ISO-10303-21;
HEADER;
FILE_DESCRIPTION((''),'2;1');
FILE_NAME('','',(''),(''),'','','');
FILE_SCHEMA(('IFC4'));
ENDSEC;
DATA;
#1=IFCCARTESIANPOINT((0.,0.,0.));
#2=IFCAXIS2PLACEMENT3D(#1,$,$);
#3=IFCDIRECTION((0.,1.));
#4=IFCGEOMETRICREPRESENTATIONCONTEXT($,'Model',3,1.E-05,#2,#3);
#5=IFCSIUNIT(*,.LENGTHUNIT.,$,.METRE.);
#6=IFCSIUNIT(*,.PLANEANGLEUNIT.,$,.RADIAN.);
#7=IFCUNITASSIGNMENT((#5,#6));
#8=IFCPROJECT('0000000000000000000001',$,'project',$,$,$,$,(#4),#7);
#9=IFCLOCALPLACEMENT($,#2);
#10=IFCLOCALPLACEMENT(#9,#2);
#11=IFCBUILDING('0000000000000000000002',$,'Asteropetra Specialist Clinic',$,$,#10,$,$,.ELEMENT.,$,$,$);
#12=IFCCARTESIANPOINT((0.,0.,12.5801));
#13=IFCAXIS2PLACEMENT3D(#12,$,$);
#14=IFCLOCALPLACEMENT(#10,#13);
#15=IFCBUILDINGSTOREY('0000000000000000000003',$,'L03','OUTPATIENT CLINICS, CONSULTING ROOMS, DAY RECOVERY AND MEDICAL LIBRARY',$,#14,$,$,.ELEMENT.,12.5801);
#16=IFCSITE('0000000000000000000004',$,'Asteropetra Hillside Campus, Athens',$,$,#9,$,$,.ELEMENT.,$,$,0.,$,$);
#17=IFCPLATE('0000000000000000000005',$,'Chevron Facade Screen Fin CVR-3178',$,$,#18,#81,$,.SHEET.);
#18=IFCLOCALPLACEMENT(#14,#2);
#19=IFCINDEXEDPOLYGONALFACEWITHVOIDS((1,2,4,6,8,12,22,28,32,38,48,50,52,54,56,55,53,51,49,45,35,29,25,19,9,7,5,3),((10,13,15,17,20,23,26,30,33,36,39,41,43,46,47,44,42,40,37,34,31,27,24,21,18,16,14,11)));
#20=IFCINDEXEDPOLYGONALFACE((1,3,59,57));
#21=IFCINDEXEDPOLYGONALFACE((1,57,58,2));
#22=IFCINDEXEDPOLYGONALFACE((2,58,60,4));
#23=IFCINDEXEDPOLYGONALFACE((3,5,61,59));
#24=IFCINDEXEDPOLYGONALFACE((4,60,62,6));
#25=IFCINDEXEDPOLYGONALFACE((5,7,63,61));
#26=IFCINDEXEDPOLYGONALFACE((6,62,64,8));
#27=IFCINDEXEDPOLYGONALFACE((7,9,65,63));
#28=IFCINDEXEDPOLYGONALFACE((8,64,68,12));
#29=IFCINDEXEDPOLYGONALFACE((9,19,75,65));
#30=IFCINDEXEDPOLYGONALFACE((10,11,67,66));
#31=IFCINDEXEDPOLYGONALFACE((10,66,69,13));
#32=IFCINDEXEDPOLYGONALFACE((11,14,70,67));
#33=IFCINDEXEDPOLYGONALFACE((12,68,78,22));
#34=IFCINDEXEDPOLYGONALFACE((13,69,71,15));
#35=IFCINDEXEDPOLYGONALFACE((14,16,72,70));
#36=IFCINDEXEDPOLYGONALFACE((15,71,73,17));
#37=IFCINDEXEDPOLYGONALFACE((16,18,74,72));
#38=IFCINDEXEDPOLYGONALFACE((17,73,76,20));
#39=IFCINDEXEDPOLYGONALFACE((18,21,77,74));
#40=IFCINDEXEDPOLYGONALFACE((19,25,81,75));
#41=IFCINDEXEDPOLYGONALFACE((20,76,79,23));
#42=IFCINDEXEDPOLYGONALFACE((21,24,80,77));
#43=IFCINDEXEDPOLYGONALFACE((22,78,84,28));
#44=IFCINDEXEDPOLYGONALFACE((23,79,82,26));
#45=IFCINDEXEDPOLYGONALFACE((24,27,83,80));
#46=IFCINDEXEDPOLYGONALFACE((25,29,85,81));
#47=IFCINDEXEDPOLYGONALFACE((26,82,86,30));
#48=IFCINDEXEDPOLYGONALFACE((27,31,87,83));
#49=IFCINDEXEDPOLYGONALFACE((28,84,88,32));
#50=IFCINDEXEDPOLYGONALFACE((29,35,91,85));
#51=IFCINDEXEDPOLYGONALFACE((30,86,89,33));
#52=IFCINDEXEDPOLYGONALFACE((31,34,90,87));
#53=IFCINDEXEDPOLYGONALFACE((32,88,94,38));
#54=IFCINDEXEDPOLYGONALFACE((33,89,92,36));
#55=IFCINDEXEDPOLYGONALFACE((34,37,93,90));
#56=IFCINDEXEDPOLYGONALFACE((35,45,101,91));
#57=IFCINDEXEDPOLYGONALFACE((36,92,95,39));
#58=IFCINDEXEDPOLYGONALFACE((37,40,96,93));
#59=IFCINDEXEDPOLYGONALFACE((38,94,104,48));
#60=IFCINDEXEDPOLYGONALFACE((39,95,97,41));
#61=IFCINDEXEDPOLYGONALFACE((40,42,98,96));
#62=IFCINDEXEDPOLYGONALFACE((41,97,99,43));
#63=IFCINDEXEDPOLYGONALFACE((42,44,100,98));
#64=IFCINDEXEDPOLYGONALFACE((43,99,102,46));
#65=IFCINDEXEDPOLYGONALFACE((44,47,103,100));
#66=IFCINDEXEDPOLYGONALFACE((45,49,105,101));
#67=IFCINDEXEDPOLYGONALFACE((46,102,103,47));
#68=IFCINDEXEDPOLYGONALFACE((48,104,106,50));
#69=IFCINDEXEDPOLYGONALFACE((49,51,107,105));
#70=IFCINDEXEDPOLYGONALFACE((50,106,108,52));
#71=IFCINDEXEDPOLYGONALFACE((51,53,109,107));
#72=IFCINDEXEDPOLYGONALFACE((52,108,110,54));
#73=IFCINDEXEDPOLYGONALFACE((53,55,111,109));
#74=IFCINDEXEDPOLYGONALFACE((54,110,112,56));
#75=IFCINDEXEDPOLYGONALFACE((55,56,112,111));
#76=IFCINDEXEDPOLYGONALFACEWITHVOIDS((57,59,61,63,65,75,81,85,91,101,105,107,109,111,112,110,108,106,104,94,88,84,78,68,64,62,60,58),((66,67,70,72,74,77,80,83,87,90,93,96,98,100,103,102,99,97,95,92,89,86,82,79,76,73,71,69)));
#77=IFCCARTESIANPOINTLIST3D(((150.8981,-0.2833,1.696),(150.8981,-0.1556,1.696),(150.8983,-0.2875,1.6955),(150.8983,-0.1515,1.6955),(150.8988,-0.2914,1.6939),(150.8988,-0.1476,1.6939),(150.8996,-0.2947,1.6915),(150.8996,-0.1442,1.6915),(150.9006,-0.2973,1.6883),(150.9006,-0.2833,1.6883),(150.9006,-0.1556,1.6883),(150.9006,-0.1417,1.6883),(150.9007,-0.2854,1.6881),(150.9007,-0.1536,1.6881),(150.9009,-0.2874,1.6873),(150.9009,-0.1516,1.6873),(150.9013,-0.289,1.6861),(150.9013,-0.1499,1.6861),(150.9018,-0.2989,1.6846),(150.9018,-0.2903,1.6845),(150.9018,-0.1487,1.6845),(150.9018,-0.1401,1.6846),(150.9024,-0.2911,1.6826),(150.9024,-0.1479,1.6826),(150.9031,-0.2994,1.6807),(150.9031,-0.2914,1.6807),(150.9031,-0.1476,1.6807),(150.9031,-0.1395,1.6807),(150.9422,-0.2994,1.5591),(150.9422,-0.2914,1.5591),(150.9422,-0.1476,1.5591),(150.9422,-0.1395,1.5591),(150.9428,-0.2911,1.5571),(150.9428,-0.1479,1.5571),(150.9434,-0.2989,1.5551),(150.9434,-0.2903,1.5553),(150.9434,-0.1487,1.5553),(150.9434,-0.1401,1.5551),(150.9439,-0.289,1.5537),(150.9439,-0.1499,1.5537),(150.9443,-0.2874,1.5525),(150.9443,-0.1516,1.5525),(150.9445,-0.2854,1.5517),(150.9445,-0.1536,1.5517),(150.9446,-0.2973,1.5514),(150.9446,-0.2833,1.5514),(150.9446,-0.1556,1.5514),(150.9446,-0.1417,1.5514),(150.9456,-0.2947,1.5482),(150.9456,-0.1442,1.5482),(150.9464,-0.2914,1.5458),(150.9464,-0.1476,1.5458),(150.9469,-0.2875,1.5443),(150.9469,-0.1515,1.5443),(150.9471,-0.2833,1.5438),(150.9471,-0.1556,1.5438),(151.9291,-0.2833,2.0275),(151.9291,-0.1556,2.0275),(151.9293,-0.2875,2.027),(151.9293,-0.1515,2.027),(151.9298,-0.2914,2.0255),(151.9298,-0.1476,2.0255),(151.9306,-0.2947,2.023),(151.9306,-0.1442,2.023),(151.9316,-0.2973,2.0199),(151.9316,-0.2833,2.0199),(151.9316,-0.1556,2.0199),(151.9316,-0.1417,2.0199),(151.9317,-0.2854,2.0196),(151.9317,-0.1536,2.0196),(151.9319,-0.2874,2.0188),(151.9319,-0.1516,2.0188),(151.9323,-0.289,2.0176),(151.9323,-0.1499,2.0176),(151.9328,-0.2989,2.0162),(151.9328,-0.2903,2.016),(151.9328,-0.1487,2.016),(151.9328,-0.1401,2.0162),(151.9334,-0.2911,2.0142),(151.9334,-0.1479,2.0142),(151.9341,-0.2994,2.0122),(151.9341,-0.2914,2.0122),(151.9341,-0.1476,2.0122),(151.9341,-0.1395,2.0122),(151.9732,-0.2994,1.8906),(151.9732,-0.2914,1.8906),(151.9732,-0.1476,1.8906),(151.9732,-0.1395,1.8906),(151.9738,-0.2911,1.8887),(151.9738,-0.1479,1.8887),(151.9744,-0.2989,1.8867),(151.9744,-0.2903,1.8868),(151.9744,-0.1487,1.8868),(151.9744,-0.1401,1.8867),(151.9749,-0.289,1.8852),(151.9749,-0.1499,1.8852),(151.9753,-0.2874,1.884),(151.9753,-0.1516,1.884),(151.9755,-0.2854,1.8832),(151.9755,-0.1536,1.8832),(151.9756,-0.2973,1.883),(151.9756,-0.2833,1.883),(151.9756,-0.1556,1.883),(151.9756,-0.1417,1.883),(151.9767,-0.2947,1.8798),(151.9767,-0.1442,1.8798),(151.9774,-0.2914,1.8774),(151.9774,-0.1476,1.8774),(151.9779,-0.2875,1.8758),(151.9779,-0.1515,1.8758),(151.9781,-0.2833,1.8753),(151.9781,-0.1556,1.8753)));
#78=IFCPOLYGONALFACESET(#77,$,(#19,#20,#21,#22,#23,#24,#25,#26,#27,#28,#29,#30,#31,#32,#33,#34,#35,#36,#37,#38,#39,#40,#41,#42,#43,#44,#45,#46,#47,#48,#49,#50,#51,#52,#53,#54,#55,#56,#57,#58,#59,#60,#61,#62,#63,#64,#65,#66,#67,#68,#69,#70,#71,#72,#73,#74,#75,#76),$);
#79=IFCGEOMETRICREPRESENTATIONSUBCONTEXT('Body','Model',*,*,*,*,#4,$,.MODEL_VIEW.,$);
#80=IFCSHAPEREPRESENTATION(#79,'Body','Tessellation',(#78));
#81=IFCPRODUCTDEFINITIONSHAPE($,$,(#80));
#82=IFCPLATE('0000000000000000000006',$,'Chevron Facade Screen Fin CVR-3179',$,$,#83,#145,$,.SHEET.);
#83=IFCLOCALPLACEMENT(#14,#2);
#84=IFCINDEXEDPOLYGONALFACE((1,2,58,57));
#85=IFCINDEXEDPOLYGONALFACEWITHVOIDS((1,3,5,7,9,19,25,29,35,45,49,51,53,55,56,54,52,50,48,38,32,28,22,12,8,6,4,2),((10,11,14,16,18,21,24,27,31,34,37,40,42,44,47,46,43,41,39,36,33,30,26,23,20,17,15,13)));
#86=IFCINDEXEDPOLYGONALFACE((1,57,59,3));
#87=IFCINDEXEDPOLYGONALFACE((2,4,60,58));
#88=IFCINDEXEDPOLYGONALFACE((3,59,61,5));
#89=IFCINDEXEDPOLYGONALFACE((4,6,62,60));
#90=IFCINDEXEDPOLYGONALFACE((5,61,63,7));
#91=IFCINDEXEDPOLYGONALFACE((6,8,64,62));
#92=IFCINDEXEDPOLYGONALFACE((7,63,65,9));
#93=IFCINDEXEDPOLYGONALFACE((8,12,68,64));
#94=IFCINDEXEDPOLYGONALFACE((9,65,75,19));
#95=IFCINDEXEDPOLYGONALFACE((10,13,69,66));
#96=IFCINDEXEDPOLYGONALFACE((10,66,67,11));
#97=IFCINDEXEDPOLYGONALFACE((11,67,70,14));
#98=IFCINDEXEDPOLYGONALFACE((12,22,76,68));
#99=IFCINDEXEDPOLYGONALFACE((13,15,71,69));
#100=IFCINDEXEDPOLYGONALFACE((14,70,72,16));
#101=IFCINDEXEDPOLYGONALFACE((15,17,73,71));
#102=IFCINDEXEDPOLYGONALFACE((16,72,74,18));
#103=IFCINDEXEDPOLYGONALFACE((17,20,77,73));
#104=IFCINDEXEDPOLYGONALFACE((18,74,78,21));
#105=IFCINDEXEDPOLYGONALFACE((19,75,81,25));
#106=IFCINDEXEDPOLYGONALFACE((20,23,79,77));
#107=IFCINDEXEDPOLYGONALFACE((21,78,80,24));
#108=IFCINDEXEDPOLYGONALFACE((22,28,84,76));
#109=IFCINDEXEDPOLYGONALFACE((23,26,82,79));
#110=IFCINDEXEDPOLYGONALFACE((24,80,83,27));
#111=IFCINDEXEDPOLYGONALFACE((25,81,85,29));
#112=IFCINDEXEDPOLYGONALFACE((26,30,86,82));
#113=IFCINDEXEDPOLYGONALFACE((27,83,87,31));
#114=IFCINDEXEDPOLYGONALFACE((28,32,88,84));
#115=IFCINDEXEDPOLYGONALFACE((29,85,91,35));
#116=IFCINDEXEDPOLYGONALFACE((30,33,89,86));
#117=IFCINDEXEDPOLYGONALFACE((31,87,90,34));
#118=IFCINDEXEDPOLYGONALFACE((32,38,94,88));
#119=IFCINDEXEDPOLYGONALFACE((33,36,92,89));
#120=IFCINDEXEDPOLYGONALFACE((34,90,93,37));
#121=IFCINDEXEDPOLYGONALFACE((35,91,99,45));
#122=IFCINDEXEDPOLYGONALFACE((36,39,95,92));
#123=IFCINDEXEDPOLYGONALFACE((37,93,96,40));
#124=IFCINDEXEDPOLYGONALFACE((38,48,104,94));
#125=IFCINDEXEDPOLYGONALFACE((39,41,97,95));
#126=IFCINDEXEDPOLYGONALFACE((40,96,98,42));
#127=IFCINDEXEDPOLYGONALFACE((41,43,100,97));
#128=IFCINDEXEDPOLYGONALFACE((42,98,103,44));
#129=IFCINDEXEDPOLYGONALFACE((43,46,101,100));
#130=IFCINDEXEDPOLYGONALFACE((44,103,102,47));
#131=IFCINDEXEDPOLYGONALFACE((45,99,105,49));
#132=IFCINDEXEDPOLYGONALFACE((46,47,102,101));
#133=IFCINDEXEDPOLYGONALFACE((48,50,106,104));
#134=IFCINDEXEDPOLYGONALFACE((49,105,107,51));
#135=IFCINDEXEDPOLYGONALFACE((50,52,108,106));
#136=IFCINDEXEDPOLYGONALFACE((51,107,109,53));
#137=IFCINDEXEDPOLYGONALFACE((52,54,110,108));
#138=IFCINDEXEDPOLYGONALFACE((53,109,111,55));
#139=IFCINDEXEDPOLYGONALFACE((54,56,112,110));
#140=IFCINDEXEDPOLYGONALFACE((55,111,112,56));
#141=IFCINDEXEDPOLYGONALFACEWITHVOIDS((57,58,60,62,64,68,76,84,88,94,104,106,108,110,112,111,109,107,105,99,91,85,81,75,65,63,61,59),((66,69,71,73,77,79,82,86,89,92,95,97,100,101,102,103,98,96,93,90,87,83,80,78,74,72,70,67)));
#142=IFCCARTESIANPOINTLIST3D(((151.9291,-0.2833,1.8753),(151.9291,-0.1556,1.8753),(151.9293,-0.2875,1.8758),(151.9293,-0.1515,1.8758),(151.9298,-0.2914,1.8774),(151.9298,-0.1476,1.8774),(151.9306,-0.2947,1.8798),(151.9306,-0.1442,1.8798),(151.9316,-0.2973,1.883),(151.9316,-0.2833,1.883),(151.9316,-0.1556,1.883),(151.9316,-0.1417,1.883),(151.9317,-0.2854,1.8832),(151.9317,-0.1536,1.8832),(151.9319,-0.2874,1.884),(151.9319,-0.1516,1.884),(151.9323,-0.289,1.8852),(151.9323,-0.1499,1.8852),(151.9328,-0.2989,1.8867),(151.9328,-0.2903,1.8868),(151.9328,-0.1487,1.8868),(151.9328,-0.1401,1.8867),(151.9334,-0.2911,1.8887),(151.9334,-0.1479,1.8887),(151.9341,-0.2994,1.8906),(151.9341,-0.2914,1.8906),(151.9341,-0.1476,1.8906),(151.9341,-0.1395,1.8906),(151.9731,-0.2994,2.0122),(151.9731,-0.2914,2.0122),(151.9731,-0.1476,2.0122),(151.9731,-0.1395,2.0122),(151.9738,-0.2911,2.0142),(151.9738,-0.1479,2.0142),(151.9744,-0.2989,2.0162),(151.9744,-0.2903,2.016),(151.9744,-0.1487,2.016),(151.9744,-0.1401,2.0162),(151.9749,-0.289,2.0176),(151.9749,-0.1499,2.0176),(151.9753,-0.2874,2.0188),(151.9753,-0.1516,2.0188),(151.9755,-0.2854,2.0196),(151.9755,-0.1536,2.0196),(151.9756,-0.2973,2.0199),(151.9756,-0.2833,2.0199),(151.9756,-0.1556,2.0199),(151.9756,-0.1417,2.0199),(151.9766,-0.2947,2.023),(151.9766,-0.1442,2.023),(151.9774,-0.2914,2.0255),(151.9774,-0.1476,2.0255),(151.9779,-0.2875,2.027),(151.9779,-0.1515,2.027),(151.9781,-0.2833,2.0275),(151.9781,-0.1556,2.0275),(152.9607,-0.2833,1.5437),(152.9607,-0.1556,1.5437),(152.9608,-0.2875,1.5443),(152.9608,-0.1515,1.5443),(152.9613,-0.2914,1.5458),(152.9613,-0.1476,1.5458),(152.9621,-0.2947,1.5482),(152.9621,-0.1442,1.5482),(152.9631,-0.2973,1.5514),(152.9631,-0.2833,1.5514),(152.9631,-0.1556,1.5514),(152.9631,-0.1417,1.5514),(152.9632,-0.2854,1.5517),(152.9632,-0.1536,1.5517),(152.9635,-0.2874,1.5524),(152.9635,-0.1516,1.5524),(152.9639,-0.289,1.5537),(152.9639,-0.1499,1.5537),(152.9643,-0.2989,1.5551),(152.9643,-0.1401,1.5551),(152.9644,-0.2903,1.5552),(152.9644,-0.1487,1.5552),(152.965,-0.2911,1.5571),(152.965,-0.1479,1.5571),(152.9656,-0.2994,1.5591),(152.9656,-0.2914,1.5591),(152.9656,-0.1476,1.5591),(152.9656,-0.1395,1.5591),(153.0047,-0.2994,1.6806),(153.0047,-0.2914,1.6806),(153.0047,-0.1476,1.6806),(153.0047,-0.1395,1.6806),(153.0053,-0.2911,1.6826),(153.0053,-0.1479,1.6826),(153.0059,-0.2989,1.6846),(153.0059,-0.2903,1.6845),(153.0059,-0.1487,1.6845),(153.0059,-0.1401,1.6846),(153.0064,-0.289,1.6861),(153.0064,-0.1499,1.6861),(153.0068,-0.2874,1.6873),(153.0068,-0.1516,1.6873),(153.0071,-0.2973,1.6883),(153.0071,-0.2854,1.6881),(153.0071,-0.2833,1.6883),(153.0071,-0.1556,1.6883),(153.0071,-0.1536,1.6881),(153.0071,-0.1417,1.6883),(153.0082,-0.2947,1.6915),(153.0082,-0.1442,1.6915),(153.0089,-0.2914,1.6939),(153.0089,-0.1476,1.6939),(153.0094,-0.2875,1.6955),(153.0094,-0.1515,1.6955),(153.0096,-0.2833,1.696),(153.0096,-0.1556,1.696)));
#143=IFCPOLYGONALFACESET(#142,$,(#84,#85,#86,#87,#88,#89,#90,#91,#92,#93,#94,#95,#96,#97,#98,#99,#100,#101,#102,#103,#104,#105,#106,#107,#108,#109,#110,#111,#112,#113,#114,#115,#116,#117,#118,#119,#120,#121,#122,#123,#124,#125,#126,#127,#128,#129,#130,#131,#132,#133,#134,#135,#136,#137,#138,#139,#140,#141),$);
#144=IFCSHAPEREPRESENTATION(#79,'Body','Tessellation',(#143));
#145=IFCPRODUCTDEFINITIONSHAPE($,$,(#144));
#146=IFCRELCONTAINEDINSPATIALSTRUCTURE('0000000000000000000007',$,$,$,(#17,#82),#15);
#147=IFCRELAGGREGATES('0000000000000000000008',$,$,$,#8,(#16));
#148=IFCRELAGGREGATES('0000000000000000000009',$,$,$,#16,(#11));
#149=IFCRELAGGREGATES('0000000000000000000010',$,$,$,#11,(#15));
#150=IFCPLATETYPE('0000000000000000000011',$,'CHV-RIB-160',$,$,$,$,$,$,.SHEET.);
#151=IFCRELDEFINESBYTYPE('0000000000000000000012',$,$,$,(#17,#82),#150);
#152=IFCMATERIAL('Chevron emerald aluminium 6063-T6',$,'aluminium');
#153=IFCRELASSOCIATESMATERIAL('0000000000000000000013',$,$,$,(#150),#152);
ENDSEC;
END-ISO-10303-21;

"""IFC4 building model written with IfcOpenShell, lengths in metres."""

from ifc_helpers import new_model, si_unit, direction, frame, origin, origin_2d, place, context, subcontext, project, spatial, hollow_rectangle, extrude, material, material_profile, profile_set, type_object, element, save


model = new_model("IFC4")

# Units and contexts
model_context = context("Model", 3, precision=1e-05, world=origin(), true_north=direction((0.0, 1.0)))
body_context = subcontext(model_context, "Body", "Model", "MODEL_VIEW")
ifc_project = project(units=[si_unit("LENGTHUNIT", "METRE"), si_unit("PLANEANGLEUNIT", "RADIAN")], contexts=[model_context])

# Site, building, storey
site_placement = place(None, origin())
site = spatial("IfcSite", under=ifc_project, at=site_placement, Name="Asteropetra Hillside Campus, Athens", CompositionType="ELEMENT", RefElevation=0.0)
building_placement = place(site_placement, origin())
building = spatial("IfcBuilding", under=site, at=building_placement, Name="Asteropetra Specialist Clinic", CompositionType="ELEMENT")
storey_placement = place(building_placement, frame((0.0, 0.0, 12.5801)))
storey = spatial("IfcBuildingStorey", under=building, at=storey_placement, Name="L03", Description="OUTPATIENT CLINICS, CONSULTING ROOMS, DAY RECOVERY AND MEDICAL LIBRARY", CompositionType="ELEMENT", Elevation=12.5801)

# Plates
ifc_material_1 = material(Name="Chevron emerald aluminium 6063-T6", Category="aluminium")
ifc_material_profile_1 = material_profile(ifc_material_1, hollow_rectangle(XDim=0.1599, YDim=0.1599, WallThickness=0.0081, InnerFilletRadius=0.0081, OuterFilletRadius=0.0161, at=origin_2d()), Name="SHS 160x160x8.0")
ifc_profile_set_1 = profile_set([ifc_material_profile_1], Name="Chevron emerald aluminium 6063-T6")
plate_type_1 = type_object("IfcPlateType", Name="CHV-RIB-160", PredefinedType="SHEET", material=ifc_profile_set_1)
plate_1_placement = place(storey_placement, frame((150.9226, -0.2195, 1.6199), z_axis=(0.951989, 0.0, 0.306133), x_axis=(0.0, 1.0, 0.0)))
element("IfcPlate", 1, at=plate_1_placement, inside=storey, type_object=plate_type_1, Name="Chevron Facade Screen Fin CVR-3178", PredefinedType="SHEET", context=body_context, shape_type="SweptSolid", body=[
    extrude(hollow_rectangle(XDim=0.1599, YDim=0.1599, WallThickness=0.0081, InnerFilletRadius=0.0081, OuterFilletRadius=0.0161, at=origin_2d()), origin(), (0.0, 0.0, 1.0), 1.083),
])
plate_2_placement = place(storey_placement, frame((151.9536, -0.2195, 1.9514), z_axis=(0.952031, 0.0, -0.306002), x_axis=(0.0, 1.0, 0.0)))
element("IfcPlate", 2, at=plate_2_placement, inside=storey, type_object=plate_type_1, Name="Chevron Facade Screen Fin CVR-3179", PredefinedType="SHEET", context=body_context, shape_type="SweptSolid", body=[
    extrude(hollow_rectangle(XDim=0.1599, YDim=0.1599, WallThickness=0.0081, InnerFilletRadius=0.0081, OuterFilletRadius=0.0161, at=origin_2d()), origin(), (0.0, 0.0, 1.0), 1.0835),
])

save(model, "model.ifc")
